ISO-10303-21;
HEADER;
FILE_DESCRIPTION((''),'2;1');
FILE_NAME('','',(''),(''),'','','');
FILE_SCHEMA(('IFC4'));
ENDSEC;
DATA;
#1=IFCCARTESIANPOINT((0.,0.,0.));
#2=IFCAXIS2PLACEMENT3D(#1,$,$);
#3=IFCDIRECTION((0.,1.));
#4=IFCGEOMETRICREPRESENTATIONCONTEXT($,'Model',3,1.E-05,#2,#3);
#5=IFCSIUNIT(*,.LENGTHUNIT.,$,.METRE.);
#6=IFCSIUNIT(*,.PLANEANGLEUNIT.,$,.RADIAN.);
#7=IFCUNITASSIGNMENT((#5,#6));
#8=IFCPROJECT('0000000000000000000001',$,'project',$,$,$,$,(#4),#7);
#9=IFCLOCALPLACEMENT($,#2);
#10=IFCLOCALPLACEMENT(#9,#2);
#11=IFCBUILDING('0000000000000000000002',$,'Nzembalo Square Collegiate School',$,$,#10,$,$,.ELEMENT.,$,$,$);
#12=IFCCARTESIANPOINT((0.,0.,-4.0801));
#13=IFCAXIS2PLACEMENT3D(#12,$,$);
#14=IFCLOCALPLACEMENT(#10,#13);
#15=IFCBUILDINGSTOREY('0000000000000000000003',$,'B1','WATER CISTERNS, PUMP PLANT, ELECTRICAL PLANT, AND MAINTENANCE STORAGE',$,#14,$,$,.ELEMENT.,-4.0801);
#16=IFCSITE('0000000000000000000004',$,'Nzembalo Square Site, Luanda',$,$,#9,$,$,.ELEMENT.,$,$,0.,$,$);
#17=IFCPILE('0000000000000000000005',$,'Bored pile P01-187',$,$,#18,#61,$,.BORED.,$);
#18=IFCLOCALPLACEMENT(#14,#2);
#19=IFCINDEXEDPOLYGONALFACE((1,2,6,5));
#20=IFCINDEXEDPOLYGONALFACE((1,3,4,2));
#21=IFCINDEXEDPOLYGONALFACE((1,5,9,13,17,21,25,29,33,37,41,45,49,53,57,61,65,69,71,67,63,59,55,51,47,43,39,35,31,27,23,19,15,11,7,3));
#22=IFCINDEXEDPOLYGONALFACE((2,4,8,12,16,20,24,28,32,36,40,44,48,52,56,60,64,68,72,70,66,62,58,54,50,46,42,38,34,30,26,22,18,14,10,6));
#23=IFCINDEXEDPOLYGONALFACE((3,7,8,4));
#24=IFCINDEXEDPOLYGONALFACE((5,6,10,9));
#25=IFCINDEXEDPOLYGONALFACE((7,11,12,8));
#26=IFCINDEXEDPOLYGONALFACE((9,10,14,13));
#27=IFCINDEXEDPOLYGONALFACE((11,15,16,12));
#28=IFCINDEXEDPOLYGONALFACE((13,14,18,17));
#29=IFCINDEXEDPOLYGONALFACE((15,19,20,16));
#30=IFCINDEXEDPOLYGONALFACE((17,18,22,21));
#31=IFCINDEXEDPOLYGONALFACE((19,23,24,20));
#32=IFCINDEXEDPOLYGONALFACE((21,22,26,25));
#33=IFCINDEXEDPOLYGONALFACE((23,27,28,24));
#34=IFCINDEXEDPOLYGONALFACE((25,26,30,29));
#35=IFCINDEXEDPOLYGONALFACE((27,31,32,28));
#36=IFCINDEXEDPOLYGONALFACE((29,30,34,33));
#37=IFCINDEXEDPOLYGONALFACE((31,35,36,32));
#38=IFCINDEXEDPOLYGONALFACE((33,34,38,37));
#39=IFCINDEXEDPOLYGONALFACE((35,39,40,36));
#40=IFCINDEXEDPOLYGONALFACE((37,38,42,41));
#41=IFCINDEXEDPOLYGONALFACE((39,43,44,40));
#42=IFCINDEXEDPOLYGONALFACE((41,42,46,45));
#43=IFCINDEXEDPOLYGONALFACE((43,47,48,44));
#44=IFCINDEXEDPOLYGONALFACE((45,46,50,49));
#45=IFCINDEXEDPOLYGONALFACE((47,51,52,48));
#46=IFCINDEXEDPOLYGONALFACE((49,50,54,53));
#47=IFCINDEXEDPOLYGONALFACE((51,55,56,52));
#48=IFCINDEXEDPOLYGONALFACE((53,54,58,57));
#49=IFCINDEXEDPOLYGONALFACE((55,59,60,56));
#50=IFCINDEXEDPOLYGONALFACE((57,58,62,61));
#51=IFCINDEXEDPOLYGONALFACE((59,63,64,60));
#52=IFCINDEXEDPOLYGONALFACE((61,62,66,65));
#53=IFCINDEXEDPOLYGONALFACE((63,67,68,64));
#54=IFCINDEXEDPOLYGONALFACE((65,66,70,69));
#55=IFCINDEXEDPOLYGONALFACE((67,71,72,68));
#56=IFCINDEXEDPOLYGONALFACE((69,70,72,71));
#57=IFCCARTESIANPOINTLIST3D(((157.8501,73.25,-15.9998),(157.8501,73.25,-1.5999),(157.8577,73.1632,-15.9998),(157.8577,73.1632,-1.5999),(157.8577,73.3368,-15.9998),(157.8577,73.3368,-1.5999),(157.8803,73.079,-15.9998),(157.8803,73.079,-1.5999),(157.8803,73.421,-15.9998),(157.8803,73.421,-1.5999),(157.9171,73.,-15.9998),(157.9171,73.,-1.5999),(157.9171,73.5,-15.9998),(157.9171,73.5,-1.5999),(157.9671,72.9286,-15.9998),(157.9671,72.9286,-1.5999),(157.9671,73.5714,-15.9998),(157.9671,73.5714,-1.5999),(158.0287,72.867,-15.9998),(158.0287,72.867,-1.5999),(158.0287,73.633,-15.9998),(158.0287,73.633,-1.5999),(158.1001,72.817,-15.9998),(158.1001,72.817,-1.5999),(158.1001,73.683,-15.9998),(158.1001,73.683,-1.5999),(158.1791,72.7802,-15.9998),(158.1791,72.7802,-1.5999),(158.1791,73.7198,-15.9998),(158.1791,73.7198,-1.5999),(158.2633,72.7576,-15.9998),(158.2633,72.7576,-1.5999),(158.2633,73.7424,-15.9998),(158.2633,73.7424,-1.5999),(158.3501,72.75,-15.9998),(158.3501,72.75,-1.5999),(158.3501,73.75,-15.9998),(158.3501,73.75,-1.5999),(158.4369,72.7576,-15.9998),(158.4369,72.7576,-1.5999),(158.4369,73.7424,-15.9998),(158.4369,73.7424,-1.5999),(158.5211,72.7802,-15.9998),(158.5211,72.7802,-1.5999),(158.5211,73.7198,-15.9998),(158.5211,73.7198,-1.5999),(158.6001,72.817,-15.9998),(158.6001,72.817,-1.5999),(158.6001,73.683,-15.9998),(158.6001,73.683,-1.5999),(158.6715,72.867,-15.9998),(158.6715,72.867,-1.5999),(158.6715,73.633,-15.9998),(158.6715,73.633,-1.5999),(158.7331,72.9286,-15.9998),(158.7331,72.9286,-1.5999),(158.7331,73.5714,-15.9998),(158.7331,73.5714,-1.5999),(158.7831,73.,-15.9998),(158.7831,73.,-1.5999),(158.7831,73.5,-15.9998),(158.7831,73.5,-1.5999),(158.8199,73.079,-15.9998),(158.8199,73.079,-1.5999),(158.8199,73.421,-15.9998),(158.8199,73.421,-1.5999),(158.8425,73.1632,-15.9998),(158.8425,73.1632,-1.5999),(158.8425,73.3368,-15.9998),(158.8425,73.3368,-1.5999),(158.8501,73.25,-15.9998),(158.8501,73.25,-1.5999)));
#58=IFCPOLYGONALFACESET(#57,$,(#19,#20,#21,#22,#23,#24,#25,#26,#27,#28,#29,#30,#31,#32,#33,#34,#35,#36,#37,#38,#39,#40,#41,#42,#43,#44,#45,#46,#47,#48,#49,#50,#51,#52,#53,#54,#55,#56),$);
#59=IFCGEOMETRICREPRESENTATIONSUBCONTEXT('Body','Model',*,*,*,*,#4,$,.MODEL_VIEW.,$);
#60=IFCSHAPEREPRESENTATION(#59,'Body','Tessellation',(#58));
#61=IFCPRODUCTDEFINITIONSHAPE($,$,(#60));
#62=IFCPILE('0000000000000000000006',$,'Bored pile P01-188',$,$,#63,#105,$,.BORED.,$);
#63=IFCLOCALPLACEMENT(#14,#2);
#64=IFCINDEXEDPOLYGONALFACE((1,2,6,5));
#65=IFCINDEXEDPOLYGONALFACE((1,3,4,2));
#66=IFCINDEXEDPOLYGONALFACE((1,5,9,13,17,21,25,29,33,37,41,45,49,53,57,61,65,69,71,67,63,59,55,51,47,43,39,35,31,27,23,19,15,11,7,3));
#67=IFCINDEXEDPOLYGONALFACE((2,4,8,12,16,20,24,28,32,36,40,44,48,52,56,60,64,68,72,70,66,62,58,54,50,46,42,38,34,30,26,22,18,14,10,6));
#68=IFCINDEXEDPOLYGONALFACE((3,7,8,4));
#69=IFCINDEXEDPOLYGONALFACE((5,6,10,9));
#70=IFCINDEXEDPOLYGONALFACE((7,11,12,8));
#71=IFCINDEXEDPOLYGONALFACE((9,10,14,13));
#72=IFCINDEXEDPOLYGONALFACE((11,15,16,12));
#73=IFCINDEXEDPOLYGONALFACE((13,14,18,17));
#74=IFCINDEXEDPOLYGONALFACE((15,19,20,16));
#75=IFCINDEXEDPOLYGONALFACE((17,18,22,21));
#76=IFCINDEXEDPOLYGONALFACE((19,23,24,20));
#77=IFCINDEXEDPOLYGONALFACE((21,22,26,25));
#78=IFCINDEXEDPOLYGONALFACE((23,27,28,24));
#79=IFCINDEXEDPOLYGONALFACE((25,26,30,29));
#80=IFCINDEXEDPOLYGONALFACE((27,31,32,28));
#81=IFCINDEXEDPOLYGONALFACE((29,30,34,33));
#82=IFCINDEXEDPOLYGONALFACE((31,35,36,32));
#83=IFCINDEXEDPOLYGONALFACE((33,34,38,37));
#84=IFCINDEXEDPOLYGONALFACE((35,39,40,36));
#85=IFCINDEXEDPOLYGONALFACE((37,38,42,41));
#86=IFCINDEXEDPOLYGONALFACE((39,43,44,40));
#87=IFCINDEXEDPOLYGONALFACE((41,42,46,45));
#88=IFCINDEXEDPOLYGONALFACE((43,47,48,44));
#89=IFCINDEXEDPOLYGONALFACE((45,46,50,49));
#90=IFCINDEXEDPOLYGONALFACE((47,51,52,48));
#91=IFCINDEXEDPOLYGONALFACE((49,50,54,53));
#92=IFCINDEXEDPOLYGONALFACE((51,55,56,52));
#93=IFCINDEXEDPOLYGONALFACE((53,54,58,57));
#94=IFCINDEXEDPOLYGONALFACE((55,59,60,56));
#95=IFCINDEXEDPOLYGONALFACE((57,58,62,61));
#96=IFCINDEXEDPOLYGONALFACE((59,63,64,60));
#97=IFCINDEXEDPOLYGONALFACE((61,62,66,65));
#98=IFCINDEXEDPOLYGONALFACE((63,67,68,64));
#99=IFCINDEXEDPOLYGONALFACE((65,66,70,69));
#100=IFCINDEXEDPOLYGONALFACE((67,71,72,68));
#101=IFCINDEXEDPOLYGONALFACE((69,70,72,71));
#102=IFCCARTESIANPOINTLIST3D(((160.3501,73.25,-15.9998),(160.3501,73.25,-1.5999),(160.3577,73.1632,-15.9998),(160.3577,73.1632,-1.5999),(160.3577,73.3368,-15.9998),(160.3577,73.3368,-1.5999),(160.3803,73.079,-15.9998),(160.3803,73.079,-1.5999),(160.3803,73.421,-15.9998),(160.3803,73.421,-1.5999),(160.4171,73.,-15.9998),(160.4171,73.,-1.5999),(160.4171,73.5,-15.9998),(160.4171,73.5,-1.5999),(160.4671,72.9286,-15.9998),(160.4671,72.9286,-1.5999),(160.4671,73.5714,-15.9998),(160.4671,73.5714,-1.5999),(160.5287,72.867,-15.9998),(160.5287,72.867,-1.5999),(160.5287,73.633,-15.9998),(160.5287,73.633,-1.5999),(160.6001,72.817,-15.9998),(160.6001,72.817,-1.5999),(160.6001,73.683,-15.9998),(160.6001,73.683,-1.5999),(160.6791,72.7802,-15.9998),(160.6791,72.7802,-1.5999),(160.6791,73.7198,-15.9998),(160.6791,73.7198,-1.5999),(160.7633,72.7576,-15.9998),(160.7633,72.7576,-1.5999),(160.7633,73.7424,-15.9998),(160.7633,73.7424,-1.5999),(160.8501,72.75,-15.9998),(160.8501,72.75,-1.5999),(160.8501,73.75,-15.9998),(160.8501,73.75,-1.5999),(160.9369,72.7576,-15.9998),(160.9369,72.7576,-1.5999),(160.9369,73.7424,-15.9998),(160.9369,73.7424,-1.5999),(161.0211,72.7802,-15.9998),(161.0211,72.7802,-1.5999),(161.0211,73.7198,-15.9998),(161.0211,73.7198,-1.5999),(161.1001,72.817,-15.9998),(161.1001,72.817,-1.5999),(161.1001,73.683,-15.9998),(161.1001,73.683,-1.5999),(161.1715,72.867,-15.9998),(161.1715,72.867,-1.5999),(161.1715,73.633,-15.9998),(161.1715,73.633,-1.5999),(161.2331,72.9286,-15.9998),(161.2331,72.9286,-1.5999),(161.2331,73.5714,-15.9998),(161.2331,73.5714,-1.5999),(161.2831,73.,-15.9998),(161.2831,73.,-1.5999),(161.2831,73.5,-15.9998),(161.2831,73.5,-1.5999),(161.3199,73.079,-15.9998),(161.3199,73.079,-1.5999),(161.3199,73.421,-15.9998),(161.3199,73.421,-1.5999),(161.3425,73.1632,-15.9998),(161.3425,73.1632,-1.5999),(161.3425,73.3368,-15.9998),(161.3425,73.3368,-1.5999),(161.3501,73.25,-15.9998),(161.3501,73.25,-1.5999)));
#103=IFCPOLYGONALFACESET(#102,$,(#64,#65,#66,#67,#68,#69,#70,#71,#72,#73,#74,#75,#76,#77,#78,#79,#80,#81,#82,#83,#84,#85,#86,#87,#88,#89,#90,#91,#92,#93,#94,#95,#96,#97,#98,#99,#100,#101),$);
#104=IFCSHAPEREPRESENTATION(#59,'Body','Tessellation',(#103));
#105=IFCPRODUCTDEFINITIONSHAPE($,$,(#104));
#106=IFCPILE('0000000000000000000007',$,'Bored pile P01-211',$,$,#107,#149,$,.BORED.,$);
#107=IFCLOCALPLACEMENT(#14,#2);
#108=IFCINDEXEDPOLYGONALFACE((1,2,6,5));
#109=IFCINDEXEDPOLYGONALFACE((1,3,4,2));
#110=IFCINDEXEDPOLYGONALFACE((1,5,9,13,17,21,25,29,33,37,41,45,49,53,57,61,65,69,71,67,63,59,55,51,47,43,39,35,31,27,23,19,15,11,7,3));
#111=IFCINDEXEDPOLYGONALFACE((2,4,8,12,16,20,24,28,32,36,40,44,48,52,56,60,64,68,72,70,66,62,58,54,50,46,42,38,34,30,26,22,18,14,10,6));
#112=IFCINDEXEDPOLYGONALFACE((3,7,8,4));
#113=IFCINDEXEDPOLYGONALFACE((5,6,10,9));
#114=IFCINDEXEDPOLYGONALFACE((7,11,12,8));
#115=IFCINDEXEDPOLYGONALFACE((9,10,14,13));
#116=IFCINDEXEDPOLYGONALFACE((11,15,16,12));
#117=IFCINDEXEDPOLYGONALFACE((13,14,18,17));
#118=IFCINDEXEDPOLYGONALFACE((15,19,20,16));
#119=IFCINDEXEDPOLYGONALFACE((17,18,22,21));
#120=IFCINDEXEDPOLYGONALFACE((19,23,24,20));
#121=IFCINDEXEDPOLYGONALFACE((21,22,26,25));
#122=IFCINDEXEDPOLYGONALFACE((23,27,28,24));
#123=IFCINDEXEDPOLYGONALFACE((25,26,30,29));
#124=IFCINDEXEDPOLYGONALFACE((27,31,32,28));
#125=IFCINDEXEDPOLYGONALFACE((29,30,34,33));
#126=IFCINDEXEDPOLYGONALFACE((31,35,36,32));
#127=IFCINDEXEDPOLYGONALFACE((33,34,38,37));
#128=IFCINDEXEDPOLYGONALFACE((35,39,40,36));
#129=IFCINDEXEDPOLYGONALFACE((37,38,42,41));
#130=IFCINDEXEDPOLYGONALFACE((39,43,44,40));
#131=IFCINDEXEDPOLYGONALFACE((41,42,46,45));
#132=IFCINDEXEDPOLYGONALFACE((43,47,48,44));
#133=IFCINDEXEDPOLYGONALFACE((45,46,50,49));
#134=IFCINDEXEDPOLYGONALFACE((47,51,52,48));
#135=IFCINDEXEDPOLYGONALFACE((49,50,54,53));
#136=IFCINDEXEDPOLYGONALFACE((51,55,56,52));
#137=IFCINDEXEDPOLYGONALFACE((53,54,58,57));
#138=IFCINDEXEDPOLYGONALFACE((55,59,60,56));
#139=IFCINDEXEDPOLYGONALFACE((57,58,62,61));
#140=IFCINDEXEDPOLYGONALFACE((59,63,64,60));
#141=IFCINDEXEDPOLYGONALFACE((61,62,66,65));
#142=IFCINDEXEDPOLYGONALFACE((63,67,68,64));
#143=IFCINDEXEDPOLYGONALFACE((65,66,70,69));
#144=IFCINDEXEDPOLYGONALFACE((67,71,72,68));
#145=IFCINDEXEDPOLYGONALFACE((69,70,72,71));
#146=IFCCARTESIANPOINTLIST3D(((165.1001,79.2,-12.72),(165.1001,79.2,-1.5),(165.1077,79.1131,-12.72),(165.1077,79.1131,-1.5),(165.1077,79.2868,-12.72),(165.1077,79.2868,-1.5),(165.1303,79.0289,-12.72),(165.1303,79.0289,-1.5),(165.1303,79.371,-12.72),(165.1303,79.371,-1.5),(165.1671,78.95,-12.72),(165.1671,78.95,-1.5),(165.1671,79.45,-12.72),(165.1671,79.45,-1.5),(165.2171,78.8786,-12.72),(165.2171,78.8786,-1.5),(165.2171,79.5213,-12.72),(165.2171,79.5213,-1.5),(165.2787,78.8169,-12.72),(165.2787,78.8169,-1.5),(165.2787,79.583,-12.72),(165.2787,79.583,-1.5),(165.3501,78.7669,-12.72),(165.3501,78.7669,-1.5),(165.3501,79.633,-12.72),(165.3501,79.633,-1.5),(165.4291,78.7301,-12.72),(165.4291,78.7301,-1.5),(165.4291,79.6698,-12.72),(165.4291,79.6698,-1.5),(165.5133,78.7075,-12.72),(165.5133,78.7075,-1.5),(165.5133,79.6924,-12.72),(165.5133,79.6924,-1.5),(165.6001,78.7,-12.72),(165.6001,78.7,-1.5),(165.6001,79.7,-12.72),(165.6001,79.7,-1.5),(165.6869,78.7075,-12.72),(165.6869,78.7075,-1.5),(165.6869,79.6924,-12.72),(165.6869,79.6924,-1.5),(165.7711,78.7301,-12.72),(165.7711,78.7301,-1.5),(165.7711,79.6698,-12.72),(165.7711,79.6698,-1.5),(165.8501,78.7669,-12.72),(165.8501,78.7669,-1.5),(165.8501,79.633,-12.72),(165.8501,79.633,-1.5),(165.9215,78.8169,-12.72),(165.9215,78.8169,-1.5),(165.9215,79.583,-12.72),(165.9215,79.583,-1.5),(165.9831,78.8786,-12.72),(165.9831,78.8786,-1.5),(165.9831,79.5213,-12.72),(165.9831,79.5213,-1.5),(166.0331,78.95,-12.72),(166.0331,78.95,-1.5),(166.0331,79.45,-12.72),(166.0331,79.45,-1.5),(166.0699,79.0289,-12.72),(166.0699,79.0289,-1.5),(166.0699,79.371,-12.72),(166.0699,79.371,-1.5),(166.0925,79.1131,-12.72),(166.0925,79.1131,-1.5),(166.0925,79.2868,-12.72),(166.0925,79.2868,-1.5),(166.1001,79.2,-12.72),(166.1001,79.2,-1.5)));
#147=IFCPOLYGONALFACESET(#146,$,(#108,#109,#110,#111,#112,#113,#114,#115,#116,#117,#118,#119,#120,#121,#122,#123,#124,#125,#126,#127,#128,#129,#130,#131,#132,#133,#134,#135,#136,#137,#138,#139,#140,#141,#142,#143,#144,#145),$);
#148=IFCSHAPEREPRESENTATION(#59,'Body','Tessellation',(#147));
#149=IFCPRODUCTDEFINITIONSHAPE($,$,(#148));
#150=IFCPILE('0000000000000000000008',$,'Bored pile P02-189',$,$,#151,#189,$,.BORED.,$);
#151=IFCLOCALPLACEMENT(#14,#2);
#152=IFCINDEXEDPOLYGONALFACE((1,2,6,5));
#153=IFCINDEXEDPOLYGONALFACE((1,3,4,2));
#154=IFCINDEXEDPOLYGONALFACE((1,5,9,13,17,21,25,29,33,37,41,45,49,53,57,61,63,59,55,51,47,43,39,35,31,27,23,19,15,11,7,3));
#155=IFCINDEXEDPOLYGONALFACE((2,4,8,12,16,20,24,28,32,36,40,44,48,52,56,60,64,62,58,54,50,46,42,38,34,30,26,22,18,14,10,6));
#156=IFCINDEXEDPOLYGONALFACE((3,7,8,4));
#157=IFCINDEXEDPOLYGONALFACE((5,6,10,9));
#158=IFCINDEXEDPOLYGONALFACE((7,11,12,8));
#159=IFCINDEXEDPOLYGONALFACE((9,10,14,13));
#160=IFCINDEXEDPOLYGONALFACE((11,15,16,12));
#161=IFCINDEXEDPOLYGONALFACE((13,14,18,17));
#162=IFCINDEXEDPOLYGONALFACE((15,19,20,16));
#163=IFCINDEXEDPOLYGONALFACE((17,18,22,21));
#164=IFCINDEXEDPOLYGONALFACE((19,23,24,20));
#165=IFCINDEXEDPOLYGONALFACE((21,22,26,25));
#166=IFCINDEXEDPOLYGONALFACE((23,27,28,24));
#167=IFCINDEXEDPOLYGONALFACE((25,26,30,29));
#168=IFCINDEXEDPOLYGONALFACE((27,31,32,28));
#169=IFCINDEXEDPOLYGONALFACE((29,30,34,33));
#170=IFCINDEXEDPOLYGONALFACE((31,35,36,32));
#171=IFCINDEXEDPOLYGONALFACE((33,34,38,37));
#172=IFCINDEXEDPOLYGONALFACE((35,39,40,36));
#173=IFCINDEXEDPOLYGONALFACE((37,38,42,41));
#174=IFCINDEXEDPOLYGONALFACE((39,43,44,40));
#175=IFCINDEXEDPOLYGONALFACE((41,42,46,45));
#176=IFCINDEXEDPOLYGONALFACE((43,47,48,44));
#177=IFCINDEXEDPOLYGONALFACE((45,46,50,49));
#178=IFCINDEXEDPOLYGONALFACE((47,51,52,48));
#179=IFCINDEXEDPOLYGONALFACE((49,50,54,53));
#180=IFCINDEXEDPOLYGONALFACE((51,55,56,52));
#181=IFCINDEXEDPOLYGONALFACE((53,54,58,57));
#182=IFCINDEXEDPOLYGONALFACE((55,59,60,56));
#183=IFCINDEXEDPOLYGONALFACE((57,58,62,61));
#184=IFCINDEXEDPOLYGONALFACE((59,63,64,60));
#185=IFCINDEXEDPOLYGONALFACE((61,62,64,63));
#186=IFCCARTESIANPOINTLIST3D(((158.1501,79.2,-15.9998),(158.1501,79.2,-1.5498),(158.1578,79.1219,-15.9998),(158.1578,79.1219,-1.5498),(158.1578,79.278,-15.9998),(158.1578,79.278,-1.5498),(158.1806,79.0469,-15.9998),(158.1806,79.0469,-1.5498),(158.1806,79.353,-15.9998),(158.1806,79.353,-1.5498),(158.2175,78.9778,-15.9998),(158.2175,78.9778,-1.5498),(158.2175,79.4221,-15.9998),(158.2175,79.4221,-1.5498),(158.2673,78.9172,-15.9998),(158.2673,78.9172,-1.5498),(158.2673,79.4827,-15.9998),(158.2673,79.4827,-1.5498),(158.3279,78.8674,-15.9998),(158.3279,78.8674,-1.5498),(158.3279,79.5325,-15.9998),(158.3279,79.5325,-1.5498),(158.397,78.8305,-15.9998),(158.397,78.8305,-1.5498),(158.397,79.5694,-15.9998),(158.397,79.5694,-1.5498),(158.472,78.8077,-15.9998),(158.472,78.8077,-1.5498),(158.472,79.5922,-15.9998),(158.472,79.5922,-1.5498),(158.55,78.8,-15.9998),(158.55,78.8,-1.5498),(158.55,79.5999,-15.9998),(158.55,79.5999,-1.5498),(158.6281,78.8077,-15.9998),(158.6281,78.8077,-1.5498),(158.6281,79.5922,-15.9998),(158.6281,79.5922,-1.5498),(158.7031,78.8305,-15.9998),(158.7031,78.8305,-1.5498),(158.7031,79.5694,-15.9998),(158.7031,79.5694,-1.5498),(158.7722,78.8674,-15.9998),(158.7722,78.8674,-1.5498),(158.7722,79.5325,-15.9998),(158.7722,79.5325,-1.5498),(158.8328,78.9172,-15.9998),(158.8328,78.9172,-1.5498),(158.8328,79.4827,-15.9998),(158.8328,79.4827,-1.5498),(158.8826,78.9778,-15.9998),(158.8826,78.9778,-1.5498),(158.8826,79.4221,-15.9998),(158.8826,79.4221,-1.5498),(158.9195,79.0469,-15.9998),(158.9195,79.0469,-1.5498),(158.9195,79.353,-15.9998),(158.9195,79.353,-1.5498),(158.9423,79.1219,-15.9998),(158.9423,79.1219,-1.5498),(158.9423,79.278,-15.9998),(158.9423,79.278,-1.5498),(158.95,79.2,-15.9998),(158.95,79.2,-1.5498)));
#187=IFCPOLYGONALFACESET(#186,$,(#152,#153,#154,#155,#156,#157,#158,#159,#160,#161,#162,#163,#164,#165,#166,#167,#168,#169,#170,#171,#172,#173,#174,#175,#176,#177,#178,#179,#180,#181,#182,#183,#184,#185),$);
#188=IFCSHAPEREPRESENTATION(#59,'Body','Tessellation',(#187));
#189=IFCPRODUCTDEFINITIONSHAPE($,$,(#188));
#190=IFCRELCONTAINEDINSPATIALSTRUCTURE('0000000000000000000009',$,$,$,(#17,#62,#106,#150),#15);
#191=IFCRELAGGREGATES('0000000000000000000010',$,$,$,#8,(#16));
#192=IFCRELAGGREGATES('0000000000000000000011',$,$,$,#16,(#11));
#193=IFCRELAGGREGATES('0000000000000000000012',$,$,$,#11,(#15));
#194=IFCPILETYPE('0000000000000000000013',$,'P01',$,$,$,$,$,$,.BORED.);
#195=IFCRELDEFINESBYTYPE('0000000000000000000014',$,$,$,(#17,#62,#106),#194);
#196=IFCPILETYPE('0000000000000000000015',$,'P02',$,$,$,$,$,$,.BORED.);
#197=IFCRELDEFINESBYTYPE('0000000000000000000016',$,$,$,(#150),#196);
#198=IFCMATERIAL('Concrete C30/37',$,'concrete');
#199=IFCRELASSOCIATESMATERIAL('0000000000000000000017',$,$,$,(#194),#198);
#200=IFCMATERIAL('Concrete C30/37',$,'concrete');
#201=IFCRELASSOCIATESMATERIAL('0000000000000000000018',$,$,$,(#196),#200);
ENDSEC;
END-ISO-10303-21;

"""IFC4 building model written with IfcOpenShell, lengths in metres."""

from ifc_helpers import new_model, si_unit, direction, frame, origin, origin_2d, place, context, subcontext, project, spatial, circle, extrude, material, material_profile, profile_set, type_object, element, save


model = new_model("IFC4")

# Units and contexts
model_context = context("Model", 3, precision=1e-05, world=origin(), true_north=direction((0.0, 1.0)))
body_context = subcontext(model_context, "Body", "Model", "MODEL_VIEW")
ifc_project = project(units=[si_unit("LENGTHUNIT", "METRE"), si_unit("PLANEANGLEUNIT", "RADIAN")], contexts=[model_context])

# Site, building, storey
site_placement = place(None, origin())
site = spatial("IfcSite", under=ifc_project, at=site_placement, Name="Nzembalo Square Site, Luanda", CompositionType="ELEMENT", RefElevation=0.0)
building_placement = place(site_placement, origin())
building = spatial("IfcBuilding", under=site, at=building_placement, Name="Nzembalo Square Collegiate School", CompositionType="ELEMENT")
storey_placement = place(building_placement, frame((0.0, 0.0, -4.0801)))
storey = spatial("IfcBuildingStorey", under=building, at=storey_placement, Name="B1", Description="WATER CISTERNS, PUMP PLANT, ELECTRICAL PLANT, AND MAINTENANCE STORAGE", CompositionType="ELEMENT", Elevation=-4.0801)

# Piles
ifc_material_1 = material(Name="Concrete C30/37", Category="concrete")
ifc_material_profile_1 = material_profile(ifc_material_1, circle(Radius=0.5, at=origin_2d()), Name="PILE D1000")
ifc_profile_set_1 = profile_set([ifc_material_profile_1], Name="Concrete C30/37")
pile_type_1 = type_object("IfcPileType", Name="P01", PredefinedType="BORED", material=ifc_profile_set_1)
for number, where, z_axis, x_axis, name in (
    (1, (158.3501, 73.25, -1.5999), (0.0, 0.0, -1.0), (1.0, 0.0, 0.0), "Bored pile P01-187"),
    (2, (160.8501, 73.25, -1.5999), (0.0, 0.0, -1.0), (1.0, 0.0, 0.0), "Bored pile P01-188"),
):
    element("IfcPile", number, at=place(storey_placement, frame(where, z_axis=z_axis, x_axis=x_axis)), inside=storey, type_object=pile_type_1, Name=name, PredefinedType="BORED", context=body_context, shape_type="SweptSolid", body=[
        extrude(circle(Radius=0.5, at=origin_2d()), origin(), (0.0, 0.0, 1.0), 14.3999),
    ])
pile_1_placement = place(storey_placement, frame((165.6001, 79.2, -1.5), z_axis=(0.0, 0.0, -1.0), x_axis=(1.0, 0.0, 0.0)))
element("IfcPile", 3, at=pile_1_placement, inside=storey, type_object=pile_type_1, Name="Bored pile P01-211", PredefinedType="BORED", context=body_context, shape_type="SweptSolid", body=[
    extrude(circle(Radius=0.5, at=origin_2d()), origin(), (0.0, 0.0, 1.0), 11.22),
])
ifc_material_2 = material(Name="Concrete C30/37", Category="concrete")
ifc_material_profile_2 = material_profile(ifc_material_2, circle(Radius=0.3999, at=origin_2d()), Name="PILE D800")
ifc_profile_set_2 = profile_set([ifc_material_profile_2], Name="Concrete C30/37")
pile_type_2 = type_object("IfcPileType", Name="P02", PredefinedType="BORED", material=ifc_profile_set_2)
for number, where, z_axis, x_axis, name in (
    (4, (158.55, 79.2, -1.5498), (0.0, 0.0, -1.0), (1.0, 0.0, 0.0), "Bored pile P02-189"),
):
    element("IfcPile", number, at=place(storey_placement, frame(where, z_axis=z_axis, x_axis=x_axis)), inside=storey, type_object=pile_type_2, Name=name, PredefinedType="BORED", context=body_context, shape_type="SweptSolid", body=[
        extrude(circle(Radius=0.3999, at=origin_2d()), origin(), (0.0, 0.0, 1.0), 14.45),
    ])

save(model, "model.ifc")
